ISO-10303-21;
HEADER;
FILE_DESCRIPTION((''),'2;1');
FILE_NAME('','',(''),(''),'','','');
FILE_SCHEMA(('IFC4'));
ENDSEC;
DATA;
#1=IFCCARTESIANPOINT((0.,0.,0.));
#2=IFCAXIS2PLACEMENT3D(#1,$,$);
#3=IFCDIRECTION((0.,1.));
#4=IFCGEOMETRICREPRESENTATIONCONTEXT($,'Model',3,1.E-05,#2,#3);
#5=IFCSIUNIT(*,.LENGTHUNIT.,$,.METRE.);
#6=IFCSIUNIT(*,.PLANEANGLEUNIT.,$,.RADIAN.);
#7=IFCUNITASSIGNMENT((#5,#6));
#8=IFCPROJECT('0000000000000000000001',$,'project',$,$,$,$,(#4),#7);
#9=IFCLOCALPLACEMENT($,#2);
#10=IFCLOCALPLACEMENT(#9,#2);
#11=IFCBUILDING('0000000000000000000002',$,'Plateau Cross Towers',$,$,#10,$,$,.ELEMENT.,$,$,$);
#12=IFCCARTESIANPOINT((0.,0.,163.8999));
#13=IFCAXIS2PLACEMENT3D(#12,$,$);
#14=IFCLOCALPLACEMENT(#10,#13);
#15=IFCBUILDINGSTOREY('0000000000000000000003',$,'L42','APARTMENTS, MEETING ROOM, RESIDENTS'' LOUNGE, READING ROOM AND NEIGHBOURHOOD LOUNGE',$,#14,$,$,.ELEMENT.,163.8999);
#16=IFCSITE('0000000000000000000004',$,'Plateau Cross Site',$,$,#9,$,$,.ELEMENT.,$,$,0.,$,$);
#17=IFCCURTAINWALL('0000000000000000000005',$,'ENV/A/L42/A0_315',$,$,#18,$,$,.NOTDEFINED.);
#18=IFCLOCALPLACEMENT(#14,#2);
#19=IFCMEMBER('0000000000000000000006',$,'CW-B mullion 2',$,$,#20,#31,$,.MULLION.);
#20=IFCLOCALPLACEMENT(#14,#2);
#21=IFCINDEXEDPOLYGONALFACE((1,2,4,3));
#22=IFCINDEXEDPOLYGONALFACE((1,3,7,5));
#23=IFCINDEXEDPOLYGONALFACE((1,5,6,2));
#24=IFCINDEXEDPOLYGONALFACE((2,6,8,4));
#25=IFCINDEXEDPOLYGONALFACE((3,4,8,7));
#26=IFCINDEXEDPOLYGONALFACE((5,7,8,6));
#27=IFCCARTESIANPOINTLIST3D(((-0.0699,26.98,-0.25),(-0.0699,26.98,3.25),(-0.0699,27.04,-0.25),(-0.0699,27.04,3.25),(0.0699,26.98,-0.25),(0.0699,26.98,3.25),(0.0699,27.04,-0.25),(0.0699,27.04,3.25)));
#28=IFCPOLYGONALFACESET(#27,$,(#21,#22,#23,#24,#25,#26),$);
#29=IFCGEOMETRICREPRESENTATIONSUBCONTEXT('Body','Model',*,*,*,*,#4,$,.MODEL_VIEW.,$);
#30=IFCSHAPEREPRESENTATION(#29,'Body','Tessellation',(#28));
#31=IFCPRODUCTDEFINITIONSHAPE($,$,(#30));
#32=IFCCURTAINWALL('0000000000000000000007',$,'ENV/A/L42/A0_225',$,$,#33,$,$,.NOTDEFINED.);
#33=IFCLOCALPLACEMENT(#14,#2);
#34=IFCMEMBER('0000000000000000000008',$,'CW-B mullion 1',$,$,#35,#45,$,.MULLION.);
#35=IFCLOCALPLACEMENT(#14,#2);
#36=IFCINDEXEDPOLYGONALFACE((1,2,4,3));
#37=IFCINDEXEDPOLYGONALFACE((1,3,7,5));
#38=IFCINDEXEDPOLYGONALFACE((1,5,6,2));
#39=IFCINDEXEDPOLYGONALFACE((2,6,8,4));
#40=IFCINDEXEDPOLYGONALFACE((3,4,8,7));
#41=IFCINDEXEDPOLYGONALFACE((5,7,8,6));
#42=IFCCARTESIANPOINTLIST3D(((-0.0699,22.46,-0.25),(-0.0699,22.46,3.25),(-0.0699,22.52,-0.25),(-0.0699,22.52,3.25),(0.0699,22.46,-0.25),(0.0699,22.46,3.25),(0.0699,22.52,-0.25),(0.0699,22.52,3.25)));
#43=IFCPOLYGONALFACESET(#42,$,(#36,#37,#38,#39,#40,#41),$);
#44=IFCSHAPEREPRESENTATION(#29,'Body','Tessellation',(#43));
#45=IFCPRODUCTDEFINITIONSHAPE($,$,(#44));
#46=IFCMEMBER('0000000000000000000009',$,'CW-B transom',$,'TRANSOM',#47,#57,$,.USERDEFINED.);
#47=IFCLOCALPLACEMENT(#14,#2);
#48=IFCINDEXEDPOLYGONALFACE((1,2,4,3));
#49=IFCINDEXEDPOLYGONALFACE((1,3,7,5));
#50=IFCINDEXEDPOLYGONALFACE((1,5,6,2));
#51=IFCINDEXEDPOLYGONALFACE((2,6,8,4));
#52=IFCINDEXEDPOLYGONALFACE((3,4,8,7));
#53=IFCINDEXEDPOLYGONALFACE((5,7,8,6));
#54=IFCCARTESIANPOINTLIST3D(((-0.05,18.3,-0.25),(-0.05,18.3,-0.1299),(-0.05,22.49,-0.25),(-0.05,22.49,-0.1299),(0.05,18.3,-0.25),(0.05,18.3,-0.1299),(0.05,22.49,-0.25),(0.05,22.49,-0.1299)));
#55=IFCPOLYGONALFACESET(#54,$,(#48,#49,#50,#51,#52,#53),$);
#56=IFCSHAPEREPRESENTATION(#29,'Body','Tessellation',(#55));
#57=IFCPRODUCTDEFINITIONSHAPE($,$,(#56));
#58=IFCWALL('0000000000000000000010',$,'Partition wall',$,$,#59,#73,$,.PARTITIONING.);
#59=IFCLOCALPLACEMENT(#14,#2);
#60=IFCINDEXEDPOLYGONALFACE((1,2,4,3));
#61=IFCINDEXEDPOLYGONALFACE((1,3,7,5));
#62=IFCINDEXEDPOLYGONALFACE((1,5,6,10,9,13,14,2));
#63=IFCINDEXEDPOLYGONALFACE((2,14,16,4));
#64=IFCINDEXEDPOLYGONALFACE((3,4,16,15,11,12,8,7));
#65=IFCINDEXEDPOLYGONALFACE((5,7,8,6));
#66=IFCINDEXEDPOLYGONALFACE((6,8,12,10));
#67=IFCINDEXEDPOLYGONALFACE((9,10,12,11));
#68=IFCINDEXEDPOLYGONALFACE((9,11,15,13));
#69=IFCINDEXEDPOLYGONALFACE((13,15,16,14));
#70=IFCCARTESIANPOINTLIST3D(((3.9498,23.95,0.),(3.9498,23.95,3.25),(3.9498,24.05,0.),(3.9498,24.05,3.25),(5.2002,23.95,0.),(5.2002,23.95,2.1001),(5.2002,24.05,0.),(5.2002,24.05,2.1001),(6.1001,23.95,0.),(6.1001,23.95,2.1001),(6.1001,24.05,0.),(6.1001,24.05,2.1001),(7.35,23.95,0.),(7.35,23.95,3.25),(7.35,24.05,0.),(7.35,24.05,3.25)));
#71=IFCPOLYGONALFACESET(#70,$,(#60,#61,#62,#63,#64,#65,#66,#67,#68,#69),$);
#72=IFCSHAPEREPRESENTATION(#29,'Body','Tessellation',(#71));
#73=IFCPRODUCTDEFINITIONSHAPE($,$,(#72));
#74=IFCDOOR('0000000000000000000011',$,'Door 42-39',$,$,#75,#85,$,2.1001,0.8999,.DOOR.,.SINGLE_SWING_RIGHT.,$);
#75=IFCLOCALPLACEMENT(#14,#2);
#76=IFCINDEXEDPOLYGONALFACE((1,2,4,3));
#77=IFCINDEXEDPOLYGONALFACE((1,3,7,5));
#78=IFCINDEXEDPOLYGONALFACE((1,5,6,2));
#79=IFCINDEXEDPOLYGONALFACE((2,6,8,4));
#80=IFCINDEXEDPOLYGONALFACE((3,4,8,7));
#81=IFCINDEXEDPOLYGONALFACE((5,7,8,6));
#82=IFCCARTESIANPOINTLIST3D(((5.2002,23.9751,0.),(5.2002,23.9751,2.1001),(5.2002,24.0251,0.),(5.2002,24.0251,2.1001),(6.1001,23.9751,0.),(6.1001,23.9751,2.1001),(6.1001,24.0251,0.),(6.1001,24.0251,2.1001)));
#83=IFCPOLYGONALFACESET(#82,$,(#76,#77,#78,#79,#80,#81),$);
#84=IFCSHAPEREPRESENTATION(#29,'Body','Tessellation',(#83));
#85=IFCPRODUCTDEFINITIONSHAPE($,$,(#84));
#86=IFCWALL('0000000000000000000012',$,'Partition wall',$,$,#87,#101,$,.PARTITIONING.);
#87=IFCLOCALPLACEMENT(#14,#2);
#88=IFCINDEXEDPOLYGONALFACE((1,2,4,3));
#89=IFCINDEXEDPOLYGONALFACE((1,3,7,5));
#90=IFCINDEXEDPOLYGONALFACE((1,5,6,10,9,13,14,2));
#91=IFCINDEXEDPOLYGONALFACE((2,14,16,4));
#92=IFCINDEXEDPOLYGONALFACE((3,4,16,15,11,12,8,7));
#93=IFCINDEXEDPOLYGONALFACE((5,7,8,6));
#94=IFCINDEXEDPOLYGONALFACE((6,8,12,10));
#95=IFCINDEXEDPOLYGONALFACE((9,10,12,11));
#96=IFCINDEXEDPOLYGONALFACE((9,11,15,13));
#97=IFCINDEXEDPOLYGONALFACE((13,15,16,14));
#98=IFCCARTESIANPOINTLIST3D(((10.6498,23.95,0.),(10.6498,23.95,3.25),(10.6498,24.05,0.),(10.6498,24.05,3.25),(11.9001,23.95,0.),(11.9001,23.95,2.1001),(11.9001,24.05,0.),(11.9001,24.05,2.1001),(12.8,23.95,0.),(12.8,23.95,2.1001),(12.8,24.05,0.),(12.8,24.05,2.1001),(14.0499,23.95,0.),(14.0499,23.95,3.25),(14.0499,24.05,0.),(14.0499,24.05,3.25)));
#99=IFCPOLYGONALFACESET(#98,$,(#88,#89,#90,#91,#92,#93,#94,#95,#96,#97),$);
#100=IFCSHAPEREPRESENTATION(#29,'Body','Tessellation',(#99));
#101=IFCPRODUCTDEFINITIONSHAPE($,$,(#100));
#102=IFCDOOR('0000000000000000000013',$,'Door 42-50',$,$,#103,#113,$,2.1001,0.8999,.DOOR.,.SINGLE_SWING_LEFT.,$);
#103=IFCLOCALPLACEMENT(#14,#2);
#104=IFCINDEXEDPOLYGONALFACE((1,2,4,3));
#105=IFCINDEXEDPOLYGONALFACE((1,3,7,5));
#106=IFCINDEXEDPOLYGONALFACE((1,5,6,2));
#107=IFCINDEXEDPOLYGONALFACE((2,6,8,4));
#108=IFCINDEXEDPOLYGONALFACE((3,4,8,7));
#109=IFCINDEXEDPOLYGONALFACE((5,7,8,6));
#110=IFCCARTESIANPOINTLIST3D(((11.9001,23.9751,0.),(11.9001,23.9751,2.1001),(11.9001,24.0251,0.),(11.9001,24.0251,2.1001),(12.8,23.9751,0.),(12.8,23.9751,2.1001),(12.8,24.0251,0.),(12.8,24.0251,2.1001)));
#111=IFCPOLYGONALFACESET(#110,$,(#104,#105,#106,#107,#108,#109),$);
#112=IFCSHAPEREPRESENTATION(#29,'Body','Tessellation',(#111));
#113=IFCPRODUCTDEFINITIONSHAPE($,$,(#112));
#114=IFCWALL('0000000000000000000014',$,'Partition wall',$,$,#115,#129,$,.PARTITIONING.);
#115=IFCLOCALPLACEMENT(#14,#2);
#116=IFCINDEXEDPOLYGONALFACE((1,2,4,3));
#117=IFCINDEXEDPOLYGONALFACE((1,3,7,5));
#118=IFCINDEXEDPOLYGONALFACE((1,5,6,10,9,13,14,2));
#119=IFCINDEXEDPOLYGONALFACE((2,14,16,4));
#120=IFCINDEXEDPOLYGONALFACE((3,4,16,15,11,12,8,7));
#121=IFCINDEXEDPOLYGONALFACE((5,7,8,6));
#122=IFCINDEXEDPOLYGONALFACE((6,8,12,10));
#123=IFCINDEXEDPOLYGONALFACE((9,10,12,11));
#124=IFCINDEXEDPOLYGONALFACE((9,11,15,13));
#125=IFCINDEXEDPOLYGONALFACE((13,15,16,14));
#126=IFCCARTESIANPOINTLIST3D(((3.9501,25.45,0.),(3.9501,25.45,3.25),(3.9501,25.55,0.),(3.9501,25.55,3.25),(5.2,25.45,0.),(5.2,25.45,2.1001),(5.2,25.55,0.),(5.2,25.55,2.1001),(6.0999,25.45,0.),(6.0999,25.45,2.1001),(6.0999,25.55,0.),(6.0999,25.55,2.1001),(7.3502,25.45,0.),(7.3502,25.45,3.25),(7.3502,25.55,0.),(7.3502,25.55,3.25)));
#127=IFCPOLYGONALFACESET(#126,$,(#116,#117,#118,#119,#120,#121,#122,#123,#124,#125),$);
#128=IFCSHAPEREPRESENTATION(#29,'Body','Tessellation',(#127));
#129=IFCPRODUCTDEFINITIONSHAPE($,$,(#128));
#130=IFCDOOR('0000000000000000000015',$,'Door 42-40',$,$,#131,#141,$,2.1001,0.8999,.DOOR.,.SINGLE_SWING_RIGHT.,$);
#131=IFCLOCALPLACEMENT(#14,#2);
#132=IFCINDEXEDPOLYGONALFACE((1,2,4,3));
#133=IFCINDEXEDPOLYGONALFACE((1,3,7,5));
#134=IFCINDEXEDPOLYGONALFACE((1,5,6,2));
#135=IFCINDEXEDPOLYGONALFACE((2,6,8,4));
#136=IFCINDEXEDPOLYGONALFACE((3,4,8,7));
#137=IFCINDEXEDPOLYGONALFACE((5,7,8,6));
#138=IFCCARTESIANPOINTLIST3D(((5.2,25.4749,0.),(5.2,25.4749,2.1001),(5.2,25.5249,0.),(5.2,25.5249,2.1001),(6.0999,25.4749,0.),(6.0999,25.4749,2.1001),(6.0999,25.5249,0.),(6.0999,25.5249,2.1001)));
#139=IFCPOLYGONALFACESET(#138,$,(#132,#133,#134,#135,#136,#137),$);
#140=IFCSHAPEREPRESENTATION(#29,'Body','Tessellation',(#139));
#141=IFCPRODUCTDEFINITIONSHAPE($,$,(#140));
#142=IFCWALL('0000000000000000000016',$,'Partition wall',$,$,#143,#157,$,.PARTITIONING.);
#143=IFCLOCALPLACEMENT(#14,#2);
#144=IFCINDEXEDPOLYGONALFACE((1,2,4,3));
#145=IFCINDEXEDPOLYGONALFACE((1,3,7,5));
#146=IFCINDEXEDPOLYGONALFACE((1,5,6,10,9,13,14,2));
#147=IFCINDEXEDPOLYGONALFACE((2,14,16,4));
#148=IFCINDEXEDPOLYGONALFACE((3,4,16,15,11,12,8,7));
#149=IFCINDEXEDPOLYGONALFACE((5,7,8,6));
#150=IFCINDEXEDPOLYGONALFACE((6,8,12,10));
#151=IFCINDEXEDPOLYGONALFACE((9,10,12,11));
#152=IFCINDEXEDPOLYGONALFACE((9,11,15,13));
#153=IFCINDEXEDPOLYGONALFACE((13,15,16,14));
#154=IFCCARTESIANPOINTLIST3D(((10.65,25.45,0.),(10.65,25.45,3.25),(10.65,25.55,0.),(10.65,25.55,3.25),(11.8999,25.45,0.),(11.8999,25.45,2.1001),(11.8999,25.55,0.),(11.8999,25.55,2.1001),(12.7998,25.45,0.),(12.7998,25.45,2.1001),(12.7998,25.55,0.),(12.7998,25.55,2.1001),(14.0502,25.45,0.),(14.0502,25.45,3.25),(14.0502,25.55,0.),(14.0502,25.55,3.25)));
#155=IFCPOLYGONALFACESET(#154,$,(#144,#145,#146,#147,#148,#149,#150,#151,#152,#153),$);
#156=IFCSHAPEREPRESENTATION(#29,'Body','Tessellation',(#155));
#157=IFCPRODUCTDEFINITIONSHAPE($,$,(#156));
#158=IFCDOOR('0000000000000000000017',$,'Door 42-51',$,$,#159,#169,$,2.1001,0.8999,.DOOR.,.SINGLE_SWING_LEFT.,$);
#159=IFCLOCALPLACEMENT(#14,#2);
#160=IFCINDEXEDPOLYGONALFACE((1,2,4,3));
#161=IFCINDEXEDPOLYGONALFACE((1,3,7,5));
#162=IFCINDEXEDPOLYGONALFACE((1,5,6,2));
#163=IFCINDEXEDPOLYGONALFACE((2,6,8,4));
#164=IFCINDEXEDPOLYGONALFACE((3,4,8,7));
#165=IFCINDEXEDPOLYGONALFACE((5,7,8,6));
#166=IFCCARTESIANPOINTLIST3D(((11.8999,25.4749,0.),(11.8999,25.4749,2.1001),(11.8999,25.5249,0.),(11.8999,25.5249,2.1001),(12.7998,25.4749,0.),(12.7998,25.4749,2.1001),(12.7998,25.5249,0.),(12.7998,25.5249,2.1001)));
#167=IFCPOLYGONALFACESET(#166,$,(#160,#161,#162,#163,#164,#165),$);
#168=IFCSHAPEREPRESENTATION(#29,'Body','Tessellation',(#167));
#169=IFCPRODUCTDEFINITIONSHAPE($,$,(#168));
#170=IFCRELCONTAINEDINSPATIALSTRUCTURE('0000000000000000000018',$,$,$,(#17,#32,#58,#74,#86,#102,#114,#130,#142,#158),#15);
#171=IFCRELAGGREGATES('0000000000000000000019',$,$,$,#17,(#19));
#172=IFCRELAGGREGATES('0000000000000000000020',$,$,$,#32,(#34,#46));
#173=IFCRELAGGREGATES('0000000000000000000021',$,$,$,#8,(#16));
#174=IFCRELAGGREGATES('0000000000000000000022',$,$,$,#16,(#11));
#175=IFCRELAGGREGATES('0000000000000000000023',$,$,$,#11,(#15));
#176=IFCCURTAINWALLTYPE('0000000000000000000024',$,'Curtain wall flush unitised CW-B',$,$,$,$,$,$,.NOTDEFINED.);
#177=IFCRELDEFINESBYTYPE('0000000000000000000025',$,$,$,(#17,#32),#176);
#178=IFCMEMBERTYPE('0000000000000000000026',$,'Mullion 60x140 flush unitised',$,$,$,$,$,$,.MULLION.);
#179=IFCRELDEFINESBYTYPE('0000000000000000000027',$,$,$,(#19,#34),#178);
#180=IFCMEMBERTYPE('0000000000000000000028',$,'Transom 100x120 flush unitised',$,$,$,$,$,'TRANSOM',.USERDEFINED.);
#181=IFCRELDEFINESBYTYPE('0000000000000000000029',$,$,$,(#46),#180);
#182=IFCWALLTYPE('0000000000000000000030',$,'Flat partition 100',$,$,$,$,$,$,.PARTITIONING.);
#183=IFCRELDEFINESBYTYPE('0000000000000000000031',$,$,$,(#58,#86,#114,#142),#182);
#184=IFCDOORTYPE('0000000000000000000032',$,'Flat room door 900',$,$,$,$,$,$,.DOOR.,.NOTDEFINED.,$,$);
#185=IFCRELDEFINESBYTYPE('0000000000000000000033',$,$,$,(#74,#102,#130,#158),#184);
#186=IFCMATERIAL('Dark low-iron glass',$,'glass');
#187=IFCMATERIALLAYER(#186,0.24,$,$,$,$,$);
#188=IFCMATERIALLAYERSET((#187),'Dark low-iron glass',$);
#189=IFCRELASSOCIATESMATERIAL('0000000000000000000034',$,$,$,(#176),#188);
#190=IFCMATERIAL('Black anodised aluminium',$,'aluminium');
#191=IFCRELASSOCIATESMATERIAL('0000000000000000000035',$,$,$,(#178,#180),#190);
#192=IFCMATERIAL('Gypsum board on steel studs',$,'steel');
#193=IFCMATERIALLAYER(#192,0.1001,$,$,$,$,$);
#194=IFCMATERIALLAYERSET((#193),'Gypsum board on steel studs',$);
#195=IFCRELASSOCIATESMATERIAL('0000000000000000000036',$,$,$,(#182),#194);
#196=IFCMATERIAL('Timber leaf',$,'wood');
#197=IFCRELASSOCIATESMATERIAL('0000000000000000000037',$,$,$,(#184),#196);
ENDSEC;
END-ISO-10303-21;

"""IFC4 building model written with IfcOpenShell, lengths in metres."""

from ifc_helpers import new_model, si_unit, direction, frame, frame_2d, origin, origin_2d, place, context, subcontext, project, spatial, rectangle, extrude, material, layer, layer_set, material_profile, profile_set, type_object, element, fill, aggregate, save


model = new_model("IFC4")

# Units and contexts
model_context = context("Model", 3, precision=1e-05, world=origin(), true_north=direction((0.0, 1.0)))
body_context = subcontext(model_context, "Body", "Model", "MODEL_VIEW")
ifc_project = project(units=[si_unit("LENGTHUNIT", "METRE"), si_unit("PLANEANGLEUNIT", "RADIAN")], contexts=[model_context])

# Site, building, storey
site_placement = place(None, origin())
site = spatial("IfcSite", under=ifc_project, at=site_placement, Name="Plateau Cross Site", CompositionType="ELEMENT", RefElevation=0.0)
building_placement = place(site_placement, origin())
building = spatial("IfcBuilding", under=site, at=building_placement, Name="Plateau Cross Towers", CompositionType="ELEMENT")
storey_placement = place(building_placement, frame((0.0, 0.0, 163.8999)))
storey = spatial("IfcBuildingStorey", under=building, at=storey_placement, Name="L42", Description="APARTMENTS, MEETING ROOM, RESIDENTS' LOUNGE, READING ROOM AND NEIGHBOURHOOD LOUNGE", CompositionType="ELEMENT", Elevation=163.8999)

# Curtain wall, member
ifc_material_1 = material(Name="Dark low-iron glass", Category="glass")
ifc_layer_1 = layer(ifc_material_1, 0.24)
ifc_layer_set_1 = layer_set([ifc_layer_1], Name="Dark low-iron glass")
curtain_wall_type = type_object("IfcCurtainWallType", Name="Curtain wall flush unitised CW-B", PredefinedType="NOTDEFINED", material=ifc_layer_set_1)
curtain_wall_1_placement = place(storey_placement, origin())
curtain_wall_1 = element("IfcCurtainWall", 1, at=curtain_wall_1_placement, inside=storey, type_object=curtain_wall_type, Name="ENV/A/L42/A0_315", PredefinedType="NOTDEFINED")
ifc_material_2 = material(Name="Black anodised aluminium", Category="aluminium")
ifc_material_profile_1 = material_profile(ifc_material_2, rectangle(XDim=0.0601, YDim=0.1399, at=origin_2d()), Name="MULLION 60x140")
ifc_profile_set_1 = profile_set([ifc_material_profile_1], Name="Black anodised aluminium")
member_type_1 = type_object("IfcMemberType", Name="Mullion 60x140 flush unitised", PredefinedType="MULLION", material=ifc_profile_set_1)
member_1_placement = place(storey_placement, frame((0.0, 27.01, -0.25), z_axis=(0.0, 0.0, 1.0), x_axis=(0.0, -1.0, 0.0)))
member_1 = element("IfcMember", 2, at=member_1_placement, type_object=member_type_1, Name="CW-B mullion 2", PredefinedType="MULLION", context=body_context, shape_type="SweptSolid", body=[
    extrude(rectangle(XDim=0.0601, YDim=0.1399, at=origin_2d()), origin(), (0.0, 0.0, 1.0), 3.5),
])
aggregate(curtain_wall_1, [member_1])

# Curtain wall, members
curtain_wall_2_placement = place(storey_placement, origin())
curtain_wall_2 = element("IfcCurtainWall", 3, at=curtain_wall_2_placement, inside=storey, type_object=curtain_wall_type, Name="ENV/A/L42/A0_225", PredefinedType="NOTDEFINED")
member_2_placement = place(storey_placement, frame((0.0, 22.49, -0.25), z_axis=(0.0, 0.0, 1.0), x_axis=(0.0, -1.0, 0.0)))
member_2 = element("IfcMember", 4, at=member_2_placement, type_object=member_type_1, Name="CW-B mullion 1", PredefinedType="MULLION", context=body_context, shape_type="SweptSolid", body=[
    extrude(rectangle(XDim=0.0601, YDim=0.1399, at=origin_2d()), origin(), (0.0, 0.0, 1.0), 3.5),
])
ifc_material_profile_2 = material_profile(ifc_material_2, rectangle(XDim=0.1001, YDim=0.1201, at=origin_2d()), Name="TRANSOM 100x120")
ifc_profile_set_2 = profile_set([ifc_material_profile_2], Name="Black anodised aluminium")
member_type_2 = type_object("IfcMemberType", Name="Transom 100x120 flush unitised", ElementType="TRANSOM", PredefinedType="USERDEFINED", material=ifc_profile_set_2)
member_3_placement = place(storey_placement, frame((0.0, 22.49, -0.1899), z_axis=(0.0, -1.0, 0.0), x_axis=(1.0, 0.0, 0.0)))
member_3 = element("IfcMember", 5, at=member_3_placement, type_object=member_type_2, Name="CW-B transom", ObjectType="TRANSOM", PredefinedType="USERDEFINED", context=body_context, shape_type="SweptSolid", body=[
    extrude(rectangle(XDim=0.1001, YDim=0.1201, at=origin_2d()), origin(), (0.0, 0.0, 1.0), 4.1899),
])
aggregate(curtain_wall_2, [member_2, member_3])

# Walls, openings, doors
ifc_material_3 = material(Name="Gypsum board on steel studs", Category="steel")
ifc_layer_2 = layer(ifc_material_3, 0.1001)
ifc_layer_set_2 = layer_set([ifc_layer_2], Name="Gypsum board on steel studs")
wall_type_1 = type_object("IfcWallType", Name="Flat partition 100", PredefinedType="PARTITIONING", material=ifc_layer_set_2)
wall_1_placement = place(storey_placement, frame((7.3501, 24.0, 0.0), z_axis=(0.0, 0.0, 1.0), x_axis=(-1.0, 0.0, 0.0)))
wall_1 = element("IfcWall", 6, at=wall_1_placement, inside=storey, type_object=wall_type_1, Name="Partition wall", PredefinedType="PARTITIONING", context=body_context, shape_type="SweptSolid", body=[
    extrude(rectangle(XDim=3.4001, YDim=0.1001, at=frame_2d((1.7002, 0.0))), origin(), (0.0, 0.0, 1.0), 3.25),
])
opening_1_placement = place(wall_1_placement, frame((1.25, 0.0, 0.0)))
opening_1 = element("IfcOpeningElement", 7, at=opening_1_placement, cuts=wall_1, PredefinedType="OPENING", context=body_context, shape_type="SweptSolid", body=[
    extrude(rectangle(XDim=0.8999, YDim=2.1001, at=frame_2d((0.45, 1.05))), frame((0.0, 0.0601, 0.0), z_axis=(0.0, -1.0, 0.0), x_axis=(1.0, 0.0, 0.0)), (0.0, 0.0, 1.0), 0.1201),
])
ifc_material_4 = material(Name="Timber leaf", Category="wood")
door_type_1 = type_object("IfcDoorType", Name="Flat room door 900", OperationType="NOTDEFINED", PredefinedType="DOOR", material=ifc_material_4)
door_1_placement = place(opening_1_placement, origin())
door_1 = element("IfcDoor", 8, at=door_1_placement, inside=storey, type_object=door_type_1, Name="Door 42-39", OperationType="SINGLE_SWING_RIGHT", OverallHeight=2.1001, OverallWidth=0.8999, PredefinedType="DOOR", context=body_context, shape_type="SweptSolid", body=[
    extrude(rectangle(XDim=0.8999, YDim=2.1001, at=frame_2d((0.45, 1.05))), frame((0.0, 0.0249, 0.0), z_axis=(0.0, -1.0, 0.0), x_axis=(1.0, 0.0, 0.0)), (0.0, 0.0, 1.0), 0.05),
])
fill(opening_1, door_1)
wall_2_placement = place(storey_placement, frame((14.05, 24.0, 0.0), z_axis=(0.0, 0.0, 1.0), x_axis=(-1.0, 0.0, 0.0)))
wall_2 = element("IfcWall", 9, at=wall_2_placement, inside=storey, type_object=wall_type_1, Name="Partition wall", PredefinedType="PARTITIONING", context=body_context, shape_type="SweptSolid", body=[
    extrude(rectangle(XDim=3.4001, YDim=0.1001, at=frame_2d((1.7002, 0.0))), origin(), (0.0, 0.0, 1.0), 3.25),
])
opening_2_placement = place(wall_2_placement, frame((1.25, 0.0, 0.0)))
opening_2 = element("IfcOpeningElement", 10, at=opening_2_placement, cuts=wall_2, PredefinedType="OPENING", context=body_context, shape_type="SweptSolid", body=[
    extrude(rectangle(XDim=0.8999, YDim=2.1001, at=frame_2d((0.45, 1.05))), frame((0.0, 0.0601, 0.0), z_axis=(0.0, -1.0, 0.0), x_axis=(1.0, 0.0, 0.0)), (0.0, 0.0, 1.0), 0.1201),
])
door_2_placement = place(opening_2_placement, origin())
door_2 = element("IfcDoor", 11, at=door_2_placement, inside=storey, type_object=door_type_1, Name="Door 42-50", OperationType="SINGLE_SWING_LEFT", OverallHeight=2.1001, OverallWidth=0.8999, PredefinedType="DOOR", context=body_context, shape_type="SweptSolid", body=[
    extrude(rectangle(XDim=0.8999, YDim=2.1001, at=frame_2d((0.45, 1.05))), frame((0.0, 0.0249, 0.0), z_axis=(0.0, -1.0, 0.0), x_axis=(1.0, 0.0, 0.0)), (0.0, 0.0, 1.0), 0.05),
])
fill(opening_2, door_2)
wall_3_placement = place(storey_placement, frame((3.95, 25.5, 0.0), z_axis=(0.0, 0.0, 1.0), x_axis=(1.0, 0.0, 0.0)))
wall_3 = element("IfcWall", 12, at=wall_3_placement, inside=storey, type_object=wall_type_1, Name="Partition wall", PredefinedType="PARTITIONING", context=body_context, shape_type="SweptSolid", body=[
    extrude(rectangle(XDim=3.4001, YDim=0.1001, at=frame_2d((1.7002, 0.0))), origin(), (0.0, 0.0, 1.0), 3.25),
])
opening_3_placement = place(wall_3_placement, frame((1.25, 0.0, 0.0)))
opening_3 = element("IfcOpeningElement", 13, at=opening_3_placement, cuts=wall_3, PredefinedType="OPENING", context=body_context, shape_type="SweptSolid", body=[
    extrude(rectangle(XDim=0.8999, YDim=2.1001, at=frame_2d((0.45, 1.05))), frame((0.0, 0.0601, 0.0), z_axis=(0.0, -1.0, 0.0), x_axis=(1.0, 0.0, 0.0)), (0.0, 0.0, 1.0), 0.1201),
])
door_3_placement = place(opening_3_placement, origin())
door_3 = element("IfcDoor", 14, at=door_3_placement, inside=storey, type_object=door_type_1, Name="Door 42-40", OperationType="SINGLE_SWING_RIGHT", OverallHeight=2.1001, OverallWidth=0.8999, PredefinedType="DOOR", context=body_context, shape_type="SweptSolid", body=[
    extrude(rectangle(XDim=0.8999, YDim=2.1001, at=frame_2d((0.45, 1.05))), frame((0.0, 0.0249, 0.0), z_axis=(0.0, -1.0, 0.0), x_axis=(1.0, 0.0, 0.0)), (0.0, 0.0, 1.0), 0.05),
])
fill(opening_3, door_3)
wall_4_placement = place(storey_placement, frame((10.6499, 25.5, 0.0), z_axis=(0.0, 0.0, 1.0), x_axis=(1.0, 0.0, 0.0)))
wall_4 = element("IfcWall", 15, at=wall_4_placement, inside=storey, type_object=wall_type_1, Name="Partition wall", PredefinedType="PARTITIONING", context=body_context, shape_type="SweptSolid", body=[
    extrude(rectangle(XDim=3.4001, YDim=0.1001, at=frame_2d((1.7002, 0.0))), origin(), (0.0, 0.0, 1.0), 3.25),
])
opening_4_placement = place(wall_4_placement, frame((1.25, 0.0, 0.0)))
opening_4 = element("IfcOpeningElement", 16, at=opening_4_placement, cuts=wall_4, PredefinedType="OPENING", context=body_context, shape_type="SweptSolid", body=[
    extrude(rectangle(XDim=0.8999, YDim=2.1001, at=frame_2d((0.45, 1.05))), frame((0.0, 0.0601, 0.0), z_axis=(0.0, -1.0, 0.0), x_axis=(1.0, 0.0, 0.0)), (0.0, 0.0, 1.0), 0.1201),
])
door_4_placement = place(opening_4_placement, origin())
door_4 = element("IfcDoor", 17, at=door_4_placement, inside=storey, type_object=door_type_1, Name="Door 42-51", OperationType="SINGLE_SWING_LEFT", OverallHeight=2.1001, OverallWidth=0.8999, PredefinedType="DOOR", context=body_context, shape_type="SweptSolid", body=[
    extrude(rectangle(XDim=0.8999, YDim=2.1001, at=frame_2d((0.45, 1.05))), frame((0.0, 0.0249, 0.0), z_axis=(0.0, -1.0, 0.0), x_axis=(1.0, 0.0, 0.0)), (0.0, 0.0, 1.0), 0.05),
])
fill(opening_4, door_4)

save(model, "model.ifc")
